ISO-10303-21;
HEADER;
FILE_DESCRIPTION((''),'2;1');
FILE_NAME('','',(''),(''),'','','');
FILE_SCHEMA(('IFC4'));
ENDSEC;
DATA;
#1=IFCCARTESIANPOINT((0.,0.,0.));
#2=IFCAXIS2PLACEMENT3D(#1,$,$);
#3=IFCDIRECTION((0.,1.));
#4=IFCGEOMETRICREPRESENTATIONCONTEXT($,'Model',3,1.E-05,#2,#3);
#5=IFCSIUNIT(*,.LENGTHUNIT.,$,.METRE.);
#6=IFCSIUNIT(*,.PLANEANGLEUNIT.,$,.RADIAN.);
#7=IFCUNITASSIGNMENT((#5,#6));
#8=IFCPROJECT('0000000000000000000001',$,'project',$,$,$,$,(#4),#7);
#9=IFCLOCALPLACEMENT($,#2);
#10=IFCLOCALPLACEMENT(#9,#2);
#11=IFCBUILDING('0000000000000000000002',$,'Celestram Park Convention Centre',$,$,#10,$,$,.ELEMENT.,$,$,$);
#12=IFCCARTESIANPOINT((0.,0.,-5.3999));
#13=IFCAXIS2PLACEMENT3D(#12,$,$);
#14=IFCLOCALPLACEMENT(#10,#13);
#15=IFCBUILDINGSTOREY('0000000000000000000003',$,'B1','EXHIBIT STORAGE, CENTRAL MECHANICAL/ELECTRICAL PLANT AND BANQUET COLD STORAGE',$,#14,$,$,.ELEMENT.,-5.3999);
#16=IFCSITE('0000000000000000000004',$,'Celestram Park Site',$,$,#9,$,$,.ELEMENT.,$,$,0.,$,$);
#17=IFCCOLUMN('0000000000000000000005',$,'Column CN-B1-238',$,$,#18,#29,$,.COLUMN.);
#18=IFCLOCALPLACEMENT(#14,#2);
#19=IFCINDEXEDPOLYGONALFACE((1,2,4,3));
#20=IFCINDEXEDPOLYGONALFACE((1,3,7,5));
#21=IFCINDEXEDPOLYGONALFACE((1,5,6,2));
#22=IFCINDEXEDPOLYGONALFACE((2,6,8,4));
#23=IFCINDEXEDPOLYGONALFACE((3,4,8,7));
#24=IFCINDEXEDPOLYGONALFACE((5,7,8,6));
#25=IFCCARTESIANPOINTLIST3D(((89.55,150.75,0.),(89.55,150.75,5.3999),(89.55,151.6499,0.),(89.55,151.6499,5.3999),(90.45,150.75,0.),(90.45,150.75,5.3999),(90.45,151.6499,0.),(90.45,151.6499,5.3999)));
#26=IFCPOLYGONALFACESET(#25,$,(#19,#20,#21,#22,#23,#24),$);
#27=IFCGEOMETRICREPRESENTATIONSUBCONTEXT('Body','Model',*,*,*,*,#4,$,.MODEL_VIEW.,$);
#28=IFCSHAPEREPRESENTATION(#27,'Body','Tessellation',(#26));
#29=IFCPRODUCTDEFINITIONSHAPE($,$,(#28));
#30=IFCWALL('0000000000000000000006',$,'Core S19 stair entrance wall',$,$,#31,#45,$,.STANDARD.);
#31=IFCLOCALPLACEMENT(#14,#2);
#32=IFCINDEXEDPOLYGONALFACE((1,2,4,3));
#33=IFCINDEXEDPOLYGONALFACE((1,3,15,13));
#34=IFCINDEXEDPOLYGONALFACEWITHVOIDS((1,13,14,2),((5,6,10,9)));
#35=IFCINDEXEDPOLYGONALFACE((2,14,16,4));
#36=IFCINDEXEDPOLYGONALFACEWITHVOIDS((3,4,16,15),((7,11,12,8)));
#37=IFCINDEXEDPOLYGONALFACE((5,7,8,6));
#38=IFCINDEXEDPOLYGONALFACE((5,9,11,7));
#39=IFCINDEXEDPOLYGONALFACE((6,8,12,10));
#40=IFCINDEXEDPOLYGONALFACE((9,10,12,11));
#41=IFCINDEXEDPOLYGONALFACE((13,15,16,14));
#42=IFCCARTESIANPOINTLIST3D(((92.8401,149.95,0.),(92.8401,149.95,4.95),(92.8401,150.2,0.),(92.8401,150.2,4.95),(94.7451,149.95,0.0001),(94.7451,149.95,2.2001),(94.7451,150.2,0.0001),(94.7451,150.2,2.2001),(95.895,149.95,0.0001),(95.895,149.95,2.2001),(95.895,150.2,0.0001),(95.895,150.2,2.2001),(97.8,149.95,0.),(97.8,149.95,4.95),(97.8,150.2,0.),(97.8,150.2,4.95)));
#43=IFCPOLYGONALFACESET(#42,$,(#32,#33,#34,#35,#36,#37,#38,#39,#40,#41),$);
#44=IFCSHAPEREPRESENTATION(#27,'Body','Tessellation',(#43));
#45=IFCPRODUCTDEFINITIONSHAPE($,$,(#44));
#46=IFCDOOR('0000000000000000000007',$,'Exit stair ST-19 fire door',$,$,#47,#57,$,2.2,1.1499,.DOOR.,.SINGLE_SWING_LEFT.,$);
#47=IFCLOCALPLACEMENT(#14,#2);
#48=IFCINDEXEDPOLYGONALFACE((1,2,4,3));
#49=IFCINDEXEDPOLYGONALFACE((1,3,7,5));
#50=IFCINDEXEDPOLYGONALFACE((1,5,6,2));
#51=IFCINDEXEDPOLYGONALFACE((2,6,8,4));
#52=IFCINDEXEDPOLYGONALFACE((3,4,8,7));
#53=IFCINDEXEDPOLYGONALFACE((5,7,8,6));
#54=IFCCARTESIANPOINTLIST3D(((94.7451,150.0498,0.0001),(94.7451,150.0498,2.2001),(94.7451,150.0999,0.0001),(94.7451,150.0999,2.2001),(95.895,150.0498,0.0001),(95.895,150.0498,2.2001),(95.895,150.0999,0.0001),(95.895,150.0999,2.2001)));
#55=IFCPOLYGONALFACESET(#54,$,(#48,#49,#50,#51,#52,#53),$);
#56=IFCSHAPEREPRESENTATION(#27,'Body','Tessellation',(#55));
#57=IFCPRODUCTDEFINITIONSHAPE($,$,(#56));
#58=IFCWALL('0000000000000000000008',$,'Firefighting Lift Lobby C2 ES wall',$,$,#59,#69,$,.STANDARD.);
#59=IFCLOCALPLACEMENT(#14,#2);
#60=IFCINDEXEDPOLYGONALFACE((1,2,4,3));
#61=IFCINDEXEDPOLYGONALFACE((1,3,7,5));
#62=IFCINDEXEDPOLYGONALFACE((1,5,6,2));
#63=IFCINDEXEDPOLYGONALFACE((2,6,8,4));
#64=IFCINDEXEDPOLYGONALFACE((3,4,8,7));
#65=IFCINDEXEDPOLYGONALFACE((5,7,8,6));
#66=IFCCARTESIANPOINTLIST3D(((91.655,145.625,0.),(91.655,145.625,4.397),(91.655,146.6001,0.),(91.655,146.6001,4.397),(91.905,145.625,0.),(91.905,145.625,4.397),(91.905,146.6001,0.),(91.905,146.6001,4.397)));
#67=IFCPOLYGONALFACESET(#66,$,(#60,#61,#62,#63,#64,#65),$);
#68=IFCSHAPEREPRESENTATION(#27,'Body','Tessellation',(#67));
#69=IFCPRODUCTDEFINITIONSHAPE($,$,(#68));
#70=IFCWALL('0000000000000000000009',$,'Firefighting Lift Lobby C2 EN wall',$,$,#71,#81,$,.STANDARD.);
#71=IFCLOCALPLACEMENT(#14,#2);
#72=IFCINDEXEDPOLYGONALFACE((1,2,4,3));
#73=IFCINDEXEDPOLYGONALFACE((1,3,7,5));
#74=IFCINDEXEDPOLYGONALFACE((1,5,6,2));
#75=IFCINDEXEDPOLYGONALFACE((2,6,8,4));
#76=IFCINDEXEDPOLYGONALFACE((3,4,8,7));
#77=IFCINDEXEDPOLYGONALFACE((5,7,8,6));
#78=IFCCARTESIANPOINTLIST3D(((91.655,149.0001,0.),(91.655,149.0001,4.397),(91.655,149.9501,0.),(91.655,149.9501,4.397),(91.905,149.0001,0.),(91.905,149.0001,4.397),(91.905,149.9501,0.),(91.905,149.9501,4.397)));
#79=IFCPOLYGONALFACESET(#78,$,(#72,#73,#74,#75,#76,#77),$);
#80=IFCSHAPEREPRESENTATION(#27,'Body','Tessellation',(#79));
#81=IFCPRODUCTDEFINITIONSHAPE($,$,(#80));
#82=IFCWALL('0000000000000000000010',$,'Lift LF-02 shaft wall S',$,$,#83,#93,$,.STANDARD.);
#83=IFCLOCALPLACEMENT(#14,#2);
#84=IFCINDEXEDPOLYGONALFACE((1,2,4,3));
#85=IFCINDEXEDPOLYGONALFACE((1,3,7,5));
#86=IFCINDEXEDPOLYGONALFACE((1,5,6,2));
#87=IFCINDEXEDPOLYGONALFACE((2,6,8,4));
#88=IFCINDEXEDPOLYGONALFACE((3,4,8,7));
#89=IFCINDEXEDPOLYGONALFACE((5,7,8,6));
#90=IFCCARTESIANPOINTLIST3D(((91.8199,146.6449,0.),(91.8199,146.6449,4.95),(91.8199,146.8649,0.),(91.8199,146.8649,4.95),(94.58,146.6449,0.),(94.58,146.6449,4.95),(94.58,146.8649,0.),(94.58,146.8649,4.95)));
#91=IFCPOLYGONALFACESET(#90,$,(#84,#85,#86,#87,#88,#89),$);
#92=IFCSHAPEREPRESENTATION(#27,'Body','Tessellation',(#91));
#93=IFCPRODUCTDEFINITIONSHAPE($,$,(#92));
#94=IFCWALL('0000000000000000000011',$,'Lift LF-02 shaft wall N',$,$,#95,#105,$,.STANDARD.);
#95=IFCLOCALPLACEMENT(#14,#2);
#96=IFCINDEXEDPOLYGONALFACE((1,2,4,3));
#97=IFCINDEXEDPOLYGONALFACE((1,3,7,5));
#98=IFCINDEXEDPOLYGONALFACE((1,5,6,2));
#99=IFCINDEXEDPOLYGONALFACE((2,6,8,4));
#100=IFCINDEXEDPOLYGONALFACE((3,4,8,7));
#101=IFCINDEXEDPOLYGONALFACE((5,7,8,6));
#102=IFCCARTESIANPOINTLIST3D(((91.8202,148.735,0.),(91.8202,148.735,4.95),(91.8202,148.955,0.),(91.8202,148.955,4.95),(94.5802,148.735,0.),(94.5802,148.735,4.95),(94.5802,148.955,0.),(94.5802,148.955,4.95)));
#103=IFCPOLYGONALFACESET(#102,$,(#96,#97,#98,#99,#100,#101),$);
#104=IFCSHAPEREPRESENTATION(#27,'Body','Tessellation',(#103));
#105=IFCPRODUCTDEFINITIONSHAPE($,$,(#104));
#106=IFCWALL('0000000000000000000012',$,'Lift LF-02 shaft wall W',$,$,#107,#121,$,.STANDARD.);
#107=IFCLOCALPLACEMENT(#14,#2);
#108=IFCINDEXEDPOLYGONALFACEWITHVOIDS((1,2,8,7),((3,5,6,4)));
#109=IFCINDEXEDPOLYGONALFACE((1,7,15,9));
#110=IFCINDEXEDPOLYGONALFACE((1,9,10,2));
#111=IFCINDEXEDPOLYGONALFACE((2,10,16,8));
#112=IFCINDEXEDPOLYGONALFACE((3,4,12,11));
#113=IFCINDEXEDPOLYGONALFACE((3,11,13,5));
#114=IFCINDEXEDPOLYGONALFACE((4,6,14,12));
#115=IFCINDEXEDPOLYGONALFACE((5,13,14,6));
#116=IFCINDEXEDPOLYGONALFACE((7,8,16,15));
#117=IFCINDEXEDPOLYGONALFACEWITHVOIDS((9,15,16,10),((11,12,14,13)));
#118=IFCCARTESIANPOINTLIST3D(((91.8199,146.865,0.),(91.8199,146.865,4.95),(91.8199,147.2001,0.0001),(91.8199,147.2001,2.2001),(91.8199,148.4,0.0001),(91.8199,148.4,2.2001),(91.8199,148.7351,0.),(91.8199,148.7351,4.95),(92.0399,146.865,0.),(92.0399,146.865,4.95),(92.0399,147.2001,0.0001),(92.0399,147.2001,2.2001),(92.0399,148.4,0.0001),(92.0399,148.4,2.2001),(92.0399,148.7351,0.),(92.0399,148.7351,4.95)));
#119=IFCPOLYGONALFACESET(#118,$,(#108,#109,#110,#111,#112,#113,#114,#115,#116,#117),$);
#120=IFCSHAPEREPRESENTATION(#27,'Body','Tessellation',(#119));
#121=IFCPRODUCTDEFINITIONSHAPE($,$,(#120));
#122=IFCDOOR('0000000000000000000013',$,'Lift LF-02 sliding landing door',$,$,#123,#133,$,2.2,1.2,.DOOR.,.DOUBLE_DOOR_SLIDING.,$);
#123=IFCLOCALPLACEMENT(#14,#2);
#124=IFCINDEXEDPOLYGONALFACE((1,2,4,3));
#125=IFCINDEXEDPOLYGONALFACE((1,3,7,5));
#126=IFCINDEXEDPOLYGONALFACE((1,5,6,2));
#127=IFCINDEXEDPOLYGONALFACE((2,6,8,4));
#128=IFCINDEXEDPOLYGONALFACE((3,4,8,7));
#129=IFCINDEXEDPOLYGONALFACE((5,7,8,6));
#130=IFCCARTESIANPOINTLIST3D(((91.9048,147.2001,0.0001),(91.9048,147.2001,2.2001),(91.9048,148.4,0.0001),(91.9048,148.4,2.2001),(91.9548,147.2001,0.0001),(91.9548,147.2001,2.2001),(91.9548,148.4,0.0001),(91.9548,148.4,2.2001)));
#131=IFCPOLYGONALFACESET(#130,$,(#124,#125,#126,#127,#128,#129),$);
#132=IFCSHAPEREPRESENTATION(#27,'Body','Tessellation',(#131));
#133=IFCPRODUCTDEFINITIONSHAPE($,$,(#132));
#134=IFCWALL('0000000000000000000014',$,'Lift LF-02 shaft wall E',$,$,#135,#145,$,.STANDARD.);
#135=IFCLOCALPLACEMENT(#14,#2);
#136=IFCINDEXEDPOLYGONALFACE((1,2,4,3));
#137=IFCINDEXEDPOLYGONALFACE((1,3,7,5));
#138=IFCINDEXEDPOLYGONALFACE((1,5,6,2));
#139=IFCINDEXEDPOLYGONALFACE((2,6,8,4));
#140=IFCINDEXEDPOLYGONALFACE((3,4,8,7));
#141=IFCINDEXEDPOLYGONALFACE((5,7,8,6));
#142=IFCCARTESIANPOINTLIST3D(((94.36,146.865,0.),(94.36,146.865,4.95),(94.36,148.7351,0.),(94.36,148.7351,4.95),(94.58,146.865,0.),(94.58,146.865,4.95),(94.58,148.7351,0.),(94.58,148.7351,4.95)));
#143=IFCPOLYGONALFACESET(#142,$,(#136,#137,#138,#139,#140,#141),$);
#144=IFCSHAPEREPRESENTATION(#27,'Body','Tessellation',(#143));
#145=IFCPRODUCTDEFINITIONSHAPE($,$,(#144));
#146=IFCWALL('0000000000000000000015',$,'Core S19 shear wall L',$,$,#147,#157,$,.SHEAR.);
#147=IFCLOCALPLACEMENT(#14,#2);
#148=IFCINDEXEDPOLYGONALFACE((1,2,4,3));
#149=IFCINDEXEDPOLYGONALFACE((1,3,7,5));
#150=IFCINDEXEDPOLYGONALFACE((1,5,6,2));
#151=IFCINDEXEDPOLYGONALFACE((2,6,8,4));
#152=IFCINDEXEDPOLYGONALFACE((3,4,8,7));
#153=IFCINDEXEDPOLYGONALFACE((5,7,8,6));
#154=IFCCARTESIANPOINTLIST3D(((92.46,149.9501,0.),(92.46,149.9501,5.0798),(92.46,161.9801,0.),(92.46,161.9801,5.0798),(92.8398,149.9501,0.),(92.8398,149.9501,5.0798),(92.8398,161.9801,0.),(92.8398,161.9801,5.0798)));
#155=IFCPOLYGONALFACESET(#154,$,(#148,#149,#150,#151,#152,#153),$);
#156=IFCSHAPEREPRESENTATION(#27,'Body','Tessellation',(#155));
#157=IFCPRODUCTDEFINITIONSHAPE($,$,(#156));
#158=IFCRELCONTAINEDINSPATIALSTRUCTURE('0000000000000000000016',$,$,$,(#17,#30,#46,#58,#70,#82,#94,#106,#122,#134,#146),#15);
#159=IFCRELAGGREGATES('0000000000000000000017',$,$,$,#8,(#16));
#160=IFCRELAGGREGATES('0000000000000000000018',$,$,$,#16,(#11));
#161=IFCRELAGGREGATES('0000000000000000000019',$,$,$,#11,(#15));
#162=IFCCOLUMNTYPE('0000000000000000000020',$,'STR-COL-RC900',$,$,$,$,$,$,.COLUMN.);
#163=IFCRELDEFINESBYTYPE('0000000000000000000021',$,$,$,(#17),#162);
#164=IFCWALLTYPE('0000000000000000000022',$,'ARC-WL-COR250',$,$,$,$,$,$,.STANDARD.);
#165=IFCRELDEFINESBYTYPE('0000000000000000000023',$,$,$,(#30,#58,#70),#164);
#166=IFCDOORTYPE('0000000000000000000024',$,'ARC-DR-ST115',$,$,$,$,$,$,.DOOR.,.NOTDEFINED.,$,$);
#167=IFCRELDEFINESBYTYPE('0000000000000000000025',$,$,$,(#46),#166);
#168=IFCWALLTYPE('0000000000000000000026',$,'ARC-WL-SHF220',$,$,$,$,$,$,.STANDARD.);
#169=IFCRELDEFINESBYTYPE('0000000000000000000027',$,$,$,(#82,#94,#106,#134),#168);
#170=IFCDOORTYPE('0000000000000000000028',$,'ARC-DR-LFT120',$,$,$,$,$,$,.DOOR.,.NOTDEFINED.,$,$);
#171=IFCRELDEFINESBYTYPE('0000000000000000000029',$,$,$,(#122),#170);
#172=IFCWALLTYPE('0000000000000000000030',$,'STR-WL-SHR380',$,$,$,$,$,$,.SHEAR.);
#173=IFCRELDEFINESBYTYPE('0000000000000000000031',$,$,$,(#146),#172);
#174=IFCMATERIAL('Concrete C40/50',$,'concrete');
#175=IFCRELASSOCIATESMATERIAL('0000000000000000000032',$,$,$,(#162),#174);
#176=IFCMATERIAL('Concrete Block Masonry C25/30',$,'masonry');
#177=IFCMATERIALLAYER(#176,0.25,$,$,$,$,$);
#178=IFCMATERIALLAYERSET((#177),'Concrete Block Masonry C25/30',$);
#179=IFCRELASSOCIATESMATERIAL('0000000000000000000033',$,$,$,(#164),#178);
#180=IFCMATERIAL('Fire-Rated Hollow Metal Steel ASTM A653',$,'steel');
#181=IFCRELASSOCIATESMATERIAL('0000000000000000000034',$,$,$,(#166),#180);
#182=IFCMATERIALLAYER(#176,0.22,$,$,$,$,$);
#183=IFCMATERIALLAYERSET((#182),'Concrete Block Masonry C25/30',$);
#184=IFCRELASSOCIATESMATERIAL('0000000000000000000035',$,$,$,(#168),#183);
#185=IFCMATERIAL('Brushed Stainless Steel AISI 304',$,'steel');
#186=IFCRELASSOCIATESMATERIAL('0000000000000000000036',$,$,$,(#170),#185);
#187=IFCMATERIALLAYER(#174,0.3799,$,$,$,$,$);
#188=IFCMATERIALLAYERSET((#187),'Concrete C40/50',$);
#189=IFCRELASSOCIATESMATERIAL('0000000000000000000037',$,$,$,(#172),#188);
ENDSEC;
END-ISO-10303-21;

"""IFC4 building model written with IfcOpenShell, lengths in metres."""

from ifc_helpers import new_model, si_unit, direction, frame, frame_2d, origin, origin_2d, place, context, subcontext, project, spatial, rectangle, extrude, material, layer, layer_set, material_profile, profile_set, type_object, element, fill, save


model = new_model("IFC4")

# Units and contexts
model_context = context("Model", 3, precision=1e-05, world=origin(), true_north=direction((0.0, 1.0)))
body_context = subcontext(model_context, "Body", "Model", "MODEL_VIEW")
ifc_project = project(units=[si_unit("LENGTHUNIT", "METRE"), si_unit("PLANEANGLEUNIT", "RADIAN")], contexts=[model_context])

# Site, building, storey
site_placement = place(None, origin())
site = spatial("IfcSite", under=ifc_project, at=site_placement, Name="Celestram Park Site", CompositionType="ELEMENT", RefElevation=0.0)
building_placement = place(site_placement, origin())
building = spatial("IfcBuilding", under=site, at=building_placement, Name="Celestram Park Convention Centre", CompositionType="ELEMENT")
storey_placement = place(building_placement, frame((0.0, 0.0, -5.3999)))
storey = spatial("IfcBuildingStorey", under=building, at=storey_placement, Name="B1", Description="EXHIBIT STORAGE, CENTRAL MECHANICAL/ELECTRICAL PLANT AND BANQUET COLD STORAGE", CompositionType="ELEMENT", Elevation=-5.3999)

# Shared definitions
ifc_material_1 = material(Name="Concrete C40/50", Category="concrete")

# Column
ifc_material_profile_1 = material_profile(ifc_material_1, rectangle(XDim=0.8999, YDim=0.8999, at=origin_2d()), Name="RC900X900")
ifc_profile_set_1 = profile_set([ifc_material_profile_1], Name="Concrete C40/50")
column_type = type_object("IfcColumnType", Name="STR-COL-RC900", PredefinedType="COLUMN", material=ifc_profile_set_1)
column_placement = place(storey_placement, frame((90.0, 151.2, 0.0), z_axis=(0.0, 0.0, 1.0), x_axis=(1.0, 0.0, 0.0)))
element("IfcColumn", 1, at=column_placement, inside=storey, type_object=column_type, Name="Column CN-B1-238", PredefinedType="COLUMN", context=body_context, shape_type="SweptSolid", body=[
    extrude(rectangle(XDim=0.8999, YDim=0.8999, at=origin_2d()), origin(), (0.0, 0.0, 1.0), 5.3999),
])

# Wall, opening, door
ifc_material_2 = material(Name="Concrete Block Masonry C25/30", Category="masonry")
ifc_layer_1 = layer(ifc_material_2, 0.25)
ifc_layer_set_1 = layer_set([ifc_layer_1], Name="Concrete Block Masonry C25/30")
wall_type_1 = type_object("IfcWallType", Name="ARC-WL-COR250", PredefinedType="STANDARD", material=ifc_layer_set_1)
wall_1_placement = place(storey_placement, frame((92.8401, 150.075, 0.0), z_axis=(0.0, 0.0, 1.0), x_axis=(1.0, 0.0, 0.0)))
wall_1 = element("IfcWall", 2, at=wall_1_placement, inside=storey, type_object=wall_type_1, Name="Core S19 stair entrance wall", PredefinedType="STANDARD", context=body_context, shape_type="SweptSolid", body=[
    extrude(rectangle(XDim=4.96, YDim=0.25, at=frame_2d((2.48, 0.0))), origin(), (0.0, 0.0, 1.0), 4.95),
])
opening_1_placement = place(wall_1_placement, frame((1.905, 0.0, 0.0)))
opening_1 = element("IfcOpeningElement", 3, at=opening_1_placement, cuts=wall_1, PredefinedType="OPENING", context=body_context, shape_type="SweptSolid", body=[
    extrude(rectangle(XDim=1.1499, YDim=2.2, at=frame_2d((0.575, 1.1001))), frame((0.0, 0.135, 0.0), z_axis=(0.0, -1.0, 0.0), x_axis=(1.0, 0.0, 0.0)), (0.0, 0.0, 1.0), 0.27),
])
ifc_material_3 = material(Name="Fire-Rated Hollow Metal Steel ASTM A653", Category="steel")
door_type_1 = type_object("IfcDoorType", Name="ARC-DR-ST115", OperationType="NOTDEFINED", PredefinedType="DOOR", material=ifc_material_3)
door_1_placement = place(opening_1_placement, origin())
door_1 = element("IfcDoor", 4, at=door_1_placement, inside=storey, type_object=door_type_1, Name="Exit stair ST-19 fire door", OperationType="SINGLE_SWING_LEFT", OverallHeight=2.2, OverallWidth=1.1499, PredefinedType="DOOR", context=body_context, shape_type="SweptSolid", body=[
    extrude(rectangle(XDim=1.1499, YDim=2.2, at=frame_2d((0.575, 1.1001))), frame((0.0, 0.0249, 0.0), z_axis=(0.0, -1.0, 0.0), x_axis=(1.0, 0.0, 0.0)), (0.0, 0.0, 1.0), 0.05),
])
fill(opening_1, door_1)

# Walls
wall_2_placement = place(storey_placement, frame((91.78, 145.625, 0.0), z_axis=(0.0, 0.0, 1.0), x_axis=(0.0, 1.0, 0.0)))
element("IfcWall", 5, at=wall_2_placement, inside=storey, type_object=wall_type_1, Name="Firefighting Lift Lobby C2 ES wall", PredefinedType="STANDARD", context=body_context, shape_type="SweptSolid", body=[
    extrude(rectangle(XDim=0.9751, YDim=0.25, at=frame_2d((0.4875, 0.0))), origin(), (0.0, 0.0, 1.0), 4.397),
])
wall_3_placement = place(storey_placement, frame((91.78, 149.0, 0.0), z_axis=(0.0, 0.0, 1.0), x_axis=(0.0, 1.0, 0.0)))
element("IfcWall", 6, at=wall_3_placement, inside=storey, type_object=wall_type_1, Name="Firefighting Lift Lobby C2 EN wall", PredefinedType="STANDARD", context=body_context, shape_type="SweptSolid", body=[
    extrude(rectangle(XDim=0.95, YDim=0.25, at=frame_2d((0.4751, 0.0))), origin(), (0.0, 0.0, 1.0), 4.397),
])
ifc_layer_2 = layer(ifc_material_2, 0.22)
ifc_layer_set_2 = layer_set([ifc_layer_2], Name="Concrete Block Masonry C25/30")
wall_type_2 = type_object("IfcWallType", Name="ARC-WL-SHF220", PredefinedType="STANDARD", material=ifc_layer_set_2)
for number, where, z_axis, x_axis, name in (
    (7, (91.8201, 146.7549, 0.0), (0.0, 0.0, 1.0), (1.0, 0.0, 0.0), "Lift LF-02 shaft wall S"),
    (8, (94.5801, 148.845, 0.0), (0.0, 0.0, 1.0), (-1.0, 0.0, 0.0), "Lift LF-02 shaft wall N"),
):
    element("IfcWall", number, at=place(storey_placement, frame(where, z_axis=z_axis, x_axis=x_axis)), inside=storey, type_object=wall_type_2, Name=name, PredefinedType="STANDARD", context=body_context, shape_type="SweptSolid", body=[
        extrude(rectangle(XDim=2.76, YDim=0.22, at=frame_2d((1.3799, 0.0))), origin(), (0.0, 0.0, 1.0), 4.95),
    ])

# Wall, opening, door
wall_4_placement = place(storey_placement, frame((91.9299, 148.7351, 0.0), z_axis=(0.0, 0.0, 1.0), x_axis=(0.0, -1.0, 0.0)))
wall_4 = element("IfcWall", 9, at=wall_4_placement, inside=storey, type_object=wall_type_2, Name="Lift LF-02 shaft wall W", PredefinedType="STANDARD", context=body_context, shape_type="SweptSolid", body=[
    extrude(rectangle(XDim=1.8701, YDim=0.22, at=frame_2d((0.9351, 0.0))), origin(), (0.0, 0.0, 1.0), 4.95),
])
opening_2_placement = place(wall_4_placement, frame((0.335, 0.0, 0.0)))
opening_2 = element("IfcOpeningElement", 10, at=opening_2_placement, cuts=wall_4, PredefinedType="OPENING", context=body_context, shape_type="SweptSolid", body=[
    extrude(rectangle(XDim=1.2, YDim=2.2, at=frame_2d((0.6001, 1.1001))), frame((0.0, 0.1199, 0.0), z_axis=(0.0, -1.0, 0.0), x_axis=(1.0, 0.0, 0.0)), (0.0, 0.0, 1.0), 0.24),
])
ifc_material_4 = material(Name="Brushed Stainless Steel AISI 304", Category="steel")
door_type_2 = type_object("IfcDoorType", Name="ARC-DR-LFT120", OperationType="NOTDEFINED", PredefinedType="DOOR", material=ifc_material_4)
door_2_placement = place(opening_2_placement, origin())
door_2 = element("IfcDoor", 11, at=door_2_placement, inside=storey, type_object=door_type_2, Name="Lift LF-02 sliding landing door", OperationType="DOUBLE_DOOR_SLIDING", OverallHeight=2.2, OverallWidth=1.2, PredefinedType="DOOR", context=body_context, shape_type="SweptSolid", body=[
    extrude(rectangle(XDim=1.2, YDim=2.2, at=frame_2d((0.6001, 1.1001))), frame((0.0, 0.0249, 0.0), z_axis=(0.0, -1.0, 0.0), x_axis=(1.0, 0.0, 0.0)), (0.0, 0.0, 1.0), 0.05),
])
fill(opening_2, door_2)

# Walls
wall_5_placement = place(storey_placement, frame((94.47, 146.865, 0.0), z_axis=(0.0, 0.0, 1.0), x_axis=(0.0, 1.0, 0.0)))
element("IfcWall", 12, at=wall_5_placement, inside=storey, type_object=wall_type_2, Name="Lift LF-02 shaft wall E", PredefinedType="STANDARD", context=body_context, shape_type="SweptSolid", body=[
    extrude(rectangle(XDim=1.8701, YDim=0.22, at=frame_2d((0.9351, 0.0))), origin(), (0.0, 0.0, 1.0), 4.95),
])
ifc_layer_3 = layer(ifc_material_1, 0.3799)
ifc_layer_set_3 = layer_set([ifc_layer_3], Name="Concrete C40/50")
wall_type_3 = type_object("IfcWallType", Name="STR-WL-SHR380", PredefinedType="SHEAR", material=ifc_layer_set_3)
wall_6_placement = place(storey_placement, frame((92.6499, 149.95, 0.0), z_axis=(0.0, 0.0, 1.0), x_axis=(0.0, 1.0, 0.0)))
element("IfcWall", 13, at=wall_6_placement, inside=storey, type_object=wall_type_3, Name="Core S19 shear wall L", PredefinedType="SHEAR", context=body_context, shape_type="SweptSolid", body=[
    extrude(rectangle(XDim=12.03, YDim=0.3799, at=frame_2d((6.0151, 0.0))), origin(), (0.0, 0.0, 1.0), 5.0798),
])

save(model, "model.ifc")
